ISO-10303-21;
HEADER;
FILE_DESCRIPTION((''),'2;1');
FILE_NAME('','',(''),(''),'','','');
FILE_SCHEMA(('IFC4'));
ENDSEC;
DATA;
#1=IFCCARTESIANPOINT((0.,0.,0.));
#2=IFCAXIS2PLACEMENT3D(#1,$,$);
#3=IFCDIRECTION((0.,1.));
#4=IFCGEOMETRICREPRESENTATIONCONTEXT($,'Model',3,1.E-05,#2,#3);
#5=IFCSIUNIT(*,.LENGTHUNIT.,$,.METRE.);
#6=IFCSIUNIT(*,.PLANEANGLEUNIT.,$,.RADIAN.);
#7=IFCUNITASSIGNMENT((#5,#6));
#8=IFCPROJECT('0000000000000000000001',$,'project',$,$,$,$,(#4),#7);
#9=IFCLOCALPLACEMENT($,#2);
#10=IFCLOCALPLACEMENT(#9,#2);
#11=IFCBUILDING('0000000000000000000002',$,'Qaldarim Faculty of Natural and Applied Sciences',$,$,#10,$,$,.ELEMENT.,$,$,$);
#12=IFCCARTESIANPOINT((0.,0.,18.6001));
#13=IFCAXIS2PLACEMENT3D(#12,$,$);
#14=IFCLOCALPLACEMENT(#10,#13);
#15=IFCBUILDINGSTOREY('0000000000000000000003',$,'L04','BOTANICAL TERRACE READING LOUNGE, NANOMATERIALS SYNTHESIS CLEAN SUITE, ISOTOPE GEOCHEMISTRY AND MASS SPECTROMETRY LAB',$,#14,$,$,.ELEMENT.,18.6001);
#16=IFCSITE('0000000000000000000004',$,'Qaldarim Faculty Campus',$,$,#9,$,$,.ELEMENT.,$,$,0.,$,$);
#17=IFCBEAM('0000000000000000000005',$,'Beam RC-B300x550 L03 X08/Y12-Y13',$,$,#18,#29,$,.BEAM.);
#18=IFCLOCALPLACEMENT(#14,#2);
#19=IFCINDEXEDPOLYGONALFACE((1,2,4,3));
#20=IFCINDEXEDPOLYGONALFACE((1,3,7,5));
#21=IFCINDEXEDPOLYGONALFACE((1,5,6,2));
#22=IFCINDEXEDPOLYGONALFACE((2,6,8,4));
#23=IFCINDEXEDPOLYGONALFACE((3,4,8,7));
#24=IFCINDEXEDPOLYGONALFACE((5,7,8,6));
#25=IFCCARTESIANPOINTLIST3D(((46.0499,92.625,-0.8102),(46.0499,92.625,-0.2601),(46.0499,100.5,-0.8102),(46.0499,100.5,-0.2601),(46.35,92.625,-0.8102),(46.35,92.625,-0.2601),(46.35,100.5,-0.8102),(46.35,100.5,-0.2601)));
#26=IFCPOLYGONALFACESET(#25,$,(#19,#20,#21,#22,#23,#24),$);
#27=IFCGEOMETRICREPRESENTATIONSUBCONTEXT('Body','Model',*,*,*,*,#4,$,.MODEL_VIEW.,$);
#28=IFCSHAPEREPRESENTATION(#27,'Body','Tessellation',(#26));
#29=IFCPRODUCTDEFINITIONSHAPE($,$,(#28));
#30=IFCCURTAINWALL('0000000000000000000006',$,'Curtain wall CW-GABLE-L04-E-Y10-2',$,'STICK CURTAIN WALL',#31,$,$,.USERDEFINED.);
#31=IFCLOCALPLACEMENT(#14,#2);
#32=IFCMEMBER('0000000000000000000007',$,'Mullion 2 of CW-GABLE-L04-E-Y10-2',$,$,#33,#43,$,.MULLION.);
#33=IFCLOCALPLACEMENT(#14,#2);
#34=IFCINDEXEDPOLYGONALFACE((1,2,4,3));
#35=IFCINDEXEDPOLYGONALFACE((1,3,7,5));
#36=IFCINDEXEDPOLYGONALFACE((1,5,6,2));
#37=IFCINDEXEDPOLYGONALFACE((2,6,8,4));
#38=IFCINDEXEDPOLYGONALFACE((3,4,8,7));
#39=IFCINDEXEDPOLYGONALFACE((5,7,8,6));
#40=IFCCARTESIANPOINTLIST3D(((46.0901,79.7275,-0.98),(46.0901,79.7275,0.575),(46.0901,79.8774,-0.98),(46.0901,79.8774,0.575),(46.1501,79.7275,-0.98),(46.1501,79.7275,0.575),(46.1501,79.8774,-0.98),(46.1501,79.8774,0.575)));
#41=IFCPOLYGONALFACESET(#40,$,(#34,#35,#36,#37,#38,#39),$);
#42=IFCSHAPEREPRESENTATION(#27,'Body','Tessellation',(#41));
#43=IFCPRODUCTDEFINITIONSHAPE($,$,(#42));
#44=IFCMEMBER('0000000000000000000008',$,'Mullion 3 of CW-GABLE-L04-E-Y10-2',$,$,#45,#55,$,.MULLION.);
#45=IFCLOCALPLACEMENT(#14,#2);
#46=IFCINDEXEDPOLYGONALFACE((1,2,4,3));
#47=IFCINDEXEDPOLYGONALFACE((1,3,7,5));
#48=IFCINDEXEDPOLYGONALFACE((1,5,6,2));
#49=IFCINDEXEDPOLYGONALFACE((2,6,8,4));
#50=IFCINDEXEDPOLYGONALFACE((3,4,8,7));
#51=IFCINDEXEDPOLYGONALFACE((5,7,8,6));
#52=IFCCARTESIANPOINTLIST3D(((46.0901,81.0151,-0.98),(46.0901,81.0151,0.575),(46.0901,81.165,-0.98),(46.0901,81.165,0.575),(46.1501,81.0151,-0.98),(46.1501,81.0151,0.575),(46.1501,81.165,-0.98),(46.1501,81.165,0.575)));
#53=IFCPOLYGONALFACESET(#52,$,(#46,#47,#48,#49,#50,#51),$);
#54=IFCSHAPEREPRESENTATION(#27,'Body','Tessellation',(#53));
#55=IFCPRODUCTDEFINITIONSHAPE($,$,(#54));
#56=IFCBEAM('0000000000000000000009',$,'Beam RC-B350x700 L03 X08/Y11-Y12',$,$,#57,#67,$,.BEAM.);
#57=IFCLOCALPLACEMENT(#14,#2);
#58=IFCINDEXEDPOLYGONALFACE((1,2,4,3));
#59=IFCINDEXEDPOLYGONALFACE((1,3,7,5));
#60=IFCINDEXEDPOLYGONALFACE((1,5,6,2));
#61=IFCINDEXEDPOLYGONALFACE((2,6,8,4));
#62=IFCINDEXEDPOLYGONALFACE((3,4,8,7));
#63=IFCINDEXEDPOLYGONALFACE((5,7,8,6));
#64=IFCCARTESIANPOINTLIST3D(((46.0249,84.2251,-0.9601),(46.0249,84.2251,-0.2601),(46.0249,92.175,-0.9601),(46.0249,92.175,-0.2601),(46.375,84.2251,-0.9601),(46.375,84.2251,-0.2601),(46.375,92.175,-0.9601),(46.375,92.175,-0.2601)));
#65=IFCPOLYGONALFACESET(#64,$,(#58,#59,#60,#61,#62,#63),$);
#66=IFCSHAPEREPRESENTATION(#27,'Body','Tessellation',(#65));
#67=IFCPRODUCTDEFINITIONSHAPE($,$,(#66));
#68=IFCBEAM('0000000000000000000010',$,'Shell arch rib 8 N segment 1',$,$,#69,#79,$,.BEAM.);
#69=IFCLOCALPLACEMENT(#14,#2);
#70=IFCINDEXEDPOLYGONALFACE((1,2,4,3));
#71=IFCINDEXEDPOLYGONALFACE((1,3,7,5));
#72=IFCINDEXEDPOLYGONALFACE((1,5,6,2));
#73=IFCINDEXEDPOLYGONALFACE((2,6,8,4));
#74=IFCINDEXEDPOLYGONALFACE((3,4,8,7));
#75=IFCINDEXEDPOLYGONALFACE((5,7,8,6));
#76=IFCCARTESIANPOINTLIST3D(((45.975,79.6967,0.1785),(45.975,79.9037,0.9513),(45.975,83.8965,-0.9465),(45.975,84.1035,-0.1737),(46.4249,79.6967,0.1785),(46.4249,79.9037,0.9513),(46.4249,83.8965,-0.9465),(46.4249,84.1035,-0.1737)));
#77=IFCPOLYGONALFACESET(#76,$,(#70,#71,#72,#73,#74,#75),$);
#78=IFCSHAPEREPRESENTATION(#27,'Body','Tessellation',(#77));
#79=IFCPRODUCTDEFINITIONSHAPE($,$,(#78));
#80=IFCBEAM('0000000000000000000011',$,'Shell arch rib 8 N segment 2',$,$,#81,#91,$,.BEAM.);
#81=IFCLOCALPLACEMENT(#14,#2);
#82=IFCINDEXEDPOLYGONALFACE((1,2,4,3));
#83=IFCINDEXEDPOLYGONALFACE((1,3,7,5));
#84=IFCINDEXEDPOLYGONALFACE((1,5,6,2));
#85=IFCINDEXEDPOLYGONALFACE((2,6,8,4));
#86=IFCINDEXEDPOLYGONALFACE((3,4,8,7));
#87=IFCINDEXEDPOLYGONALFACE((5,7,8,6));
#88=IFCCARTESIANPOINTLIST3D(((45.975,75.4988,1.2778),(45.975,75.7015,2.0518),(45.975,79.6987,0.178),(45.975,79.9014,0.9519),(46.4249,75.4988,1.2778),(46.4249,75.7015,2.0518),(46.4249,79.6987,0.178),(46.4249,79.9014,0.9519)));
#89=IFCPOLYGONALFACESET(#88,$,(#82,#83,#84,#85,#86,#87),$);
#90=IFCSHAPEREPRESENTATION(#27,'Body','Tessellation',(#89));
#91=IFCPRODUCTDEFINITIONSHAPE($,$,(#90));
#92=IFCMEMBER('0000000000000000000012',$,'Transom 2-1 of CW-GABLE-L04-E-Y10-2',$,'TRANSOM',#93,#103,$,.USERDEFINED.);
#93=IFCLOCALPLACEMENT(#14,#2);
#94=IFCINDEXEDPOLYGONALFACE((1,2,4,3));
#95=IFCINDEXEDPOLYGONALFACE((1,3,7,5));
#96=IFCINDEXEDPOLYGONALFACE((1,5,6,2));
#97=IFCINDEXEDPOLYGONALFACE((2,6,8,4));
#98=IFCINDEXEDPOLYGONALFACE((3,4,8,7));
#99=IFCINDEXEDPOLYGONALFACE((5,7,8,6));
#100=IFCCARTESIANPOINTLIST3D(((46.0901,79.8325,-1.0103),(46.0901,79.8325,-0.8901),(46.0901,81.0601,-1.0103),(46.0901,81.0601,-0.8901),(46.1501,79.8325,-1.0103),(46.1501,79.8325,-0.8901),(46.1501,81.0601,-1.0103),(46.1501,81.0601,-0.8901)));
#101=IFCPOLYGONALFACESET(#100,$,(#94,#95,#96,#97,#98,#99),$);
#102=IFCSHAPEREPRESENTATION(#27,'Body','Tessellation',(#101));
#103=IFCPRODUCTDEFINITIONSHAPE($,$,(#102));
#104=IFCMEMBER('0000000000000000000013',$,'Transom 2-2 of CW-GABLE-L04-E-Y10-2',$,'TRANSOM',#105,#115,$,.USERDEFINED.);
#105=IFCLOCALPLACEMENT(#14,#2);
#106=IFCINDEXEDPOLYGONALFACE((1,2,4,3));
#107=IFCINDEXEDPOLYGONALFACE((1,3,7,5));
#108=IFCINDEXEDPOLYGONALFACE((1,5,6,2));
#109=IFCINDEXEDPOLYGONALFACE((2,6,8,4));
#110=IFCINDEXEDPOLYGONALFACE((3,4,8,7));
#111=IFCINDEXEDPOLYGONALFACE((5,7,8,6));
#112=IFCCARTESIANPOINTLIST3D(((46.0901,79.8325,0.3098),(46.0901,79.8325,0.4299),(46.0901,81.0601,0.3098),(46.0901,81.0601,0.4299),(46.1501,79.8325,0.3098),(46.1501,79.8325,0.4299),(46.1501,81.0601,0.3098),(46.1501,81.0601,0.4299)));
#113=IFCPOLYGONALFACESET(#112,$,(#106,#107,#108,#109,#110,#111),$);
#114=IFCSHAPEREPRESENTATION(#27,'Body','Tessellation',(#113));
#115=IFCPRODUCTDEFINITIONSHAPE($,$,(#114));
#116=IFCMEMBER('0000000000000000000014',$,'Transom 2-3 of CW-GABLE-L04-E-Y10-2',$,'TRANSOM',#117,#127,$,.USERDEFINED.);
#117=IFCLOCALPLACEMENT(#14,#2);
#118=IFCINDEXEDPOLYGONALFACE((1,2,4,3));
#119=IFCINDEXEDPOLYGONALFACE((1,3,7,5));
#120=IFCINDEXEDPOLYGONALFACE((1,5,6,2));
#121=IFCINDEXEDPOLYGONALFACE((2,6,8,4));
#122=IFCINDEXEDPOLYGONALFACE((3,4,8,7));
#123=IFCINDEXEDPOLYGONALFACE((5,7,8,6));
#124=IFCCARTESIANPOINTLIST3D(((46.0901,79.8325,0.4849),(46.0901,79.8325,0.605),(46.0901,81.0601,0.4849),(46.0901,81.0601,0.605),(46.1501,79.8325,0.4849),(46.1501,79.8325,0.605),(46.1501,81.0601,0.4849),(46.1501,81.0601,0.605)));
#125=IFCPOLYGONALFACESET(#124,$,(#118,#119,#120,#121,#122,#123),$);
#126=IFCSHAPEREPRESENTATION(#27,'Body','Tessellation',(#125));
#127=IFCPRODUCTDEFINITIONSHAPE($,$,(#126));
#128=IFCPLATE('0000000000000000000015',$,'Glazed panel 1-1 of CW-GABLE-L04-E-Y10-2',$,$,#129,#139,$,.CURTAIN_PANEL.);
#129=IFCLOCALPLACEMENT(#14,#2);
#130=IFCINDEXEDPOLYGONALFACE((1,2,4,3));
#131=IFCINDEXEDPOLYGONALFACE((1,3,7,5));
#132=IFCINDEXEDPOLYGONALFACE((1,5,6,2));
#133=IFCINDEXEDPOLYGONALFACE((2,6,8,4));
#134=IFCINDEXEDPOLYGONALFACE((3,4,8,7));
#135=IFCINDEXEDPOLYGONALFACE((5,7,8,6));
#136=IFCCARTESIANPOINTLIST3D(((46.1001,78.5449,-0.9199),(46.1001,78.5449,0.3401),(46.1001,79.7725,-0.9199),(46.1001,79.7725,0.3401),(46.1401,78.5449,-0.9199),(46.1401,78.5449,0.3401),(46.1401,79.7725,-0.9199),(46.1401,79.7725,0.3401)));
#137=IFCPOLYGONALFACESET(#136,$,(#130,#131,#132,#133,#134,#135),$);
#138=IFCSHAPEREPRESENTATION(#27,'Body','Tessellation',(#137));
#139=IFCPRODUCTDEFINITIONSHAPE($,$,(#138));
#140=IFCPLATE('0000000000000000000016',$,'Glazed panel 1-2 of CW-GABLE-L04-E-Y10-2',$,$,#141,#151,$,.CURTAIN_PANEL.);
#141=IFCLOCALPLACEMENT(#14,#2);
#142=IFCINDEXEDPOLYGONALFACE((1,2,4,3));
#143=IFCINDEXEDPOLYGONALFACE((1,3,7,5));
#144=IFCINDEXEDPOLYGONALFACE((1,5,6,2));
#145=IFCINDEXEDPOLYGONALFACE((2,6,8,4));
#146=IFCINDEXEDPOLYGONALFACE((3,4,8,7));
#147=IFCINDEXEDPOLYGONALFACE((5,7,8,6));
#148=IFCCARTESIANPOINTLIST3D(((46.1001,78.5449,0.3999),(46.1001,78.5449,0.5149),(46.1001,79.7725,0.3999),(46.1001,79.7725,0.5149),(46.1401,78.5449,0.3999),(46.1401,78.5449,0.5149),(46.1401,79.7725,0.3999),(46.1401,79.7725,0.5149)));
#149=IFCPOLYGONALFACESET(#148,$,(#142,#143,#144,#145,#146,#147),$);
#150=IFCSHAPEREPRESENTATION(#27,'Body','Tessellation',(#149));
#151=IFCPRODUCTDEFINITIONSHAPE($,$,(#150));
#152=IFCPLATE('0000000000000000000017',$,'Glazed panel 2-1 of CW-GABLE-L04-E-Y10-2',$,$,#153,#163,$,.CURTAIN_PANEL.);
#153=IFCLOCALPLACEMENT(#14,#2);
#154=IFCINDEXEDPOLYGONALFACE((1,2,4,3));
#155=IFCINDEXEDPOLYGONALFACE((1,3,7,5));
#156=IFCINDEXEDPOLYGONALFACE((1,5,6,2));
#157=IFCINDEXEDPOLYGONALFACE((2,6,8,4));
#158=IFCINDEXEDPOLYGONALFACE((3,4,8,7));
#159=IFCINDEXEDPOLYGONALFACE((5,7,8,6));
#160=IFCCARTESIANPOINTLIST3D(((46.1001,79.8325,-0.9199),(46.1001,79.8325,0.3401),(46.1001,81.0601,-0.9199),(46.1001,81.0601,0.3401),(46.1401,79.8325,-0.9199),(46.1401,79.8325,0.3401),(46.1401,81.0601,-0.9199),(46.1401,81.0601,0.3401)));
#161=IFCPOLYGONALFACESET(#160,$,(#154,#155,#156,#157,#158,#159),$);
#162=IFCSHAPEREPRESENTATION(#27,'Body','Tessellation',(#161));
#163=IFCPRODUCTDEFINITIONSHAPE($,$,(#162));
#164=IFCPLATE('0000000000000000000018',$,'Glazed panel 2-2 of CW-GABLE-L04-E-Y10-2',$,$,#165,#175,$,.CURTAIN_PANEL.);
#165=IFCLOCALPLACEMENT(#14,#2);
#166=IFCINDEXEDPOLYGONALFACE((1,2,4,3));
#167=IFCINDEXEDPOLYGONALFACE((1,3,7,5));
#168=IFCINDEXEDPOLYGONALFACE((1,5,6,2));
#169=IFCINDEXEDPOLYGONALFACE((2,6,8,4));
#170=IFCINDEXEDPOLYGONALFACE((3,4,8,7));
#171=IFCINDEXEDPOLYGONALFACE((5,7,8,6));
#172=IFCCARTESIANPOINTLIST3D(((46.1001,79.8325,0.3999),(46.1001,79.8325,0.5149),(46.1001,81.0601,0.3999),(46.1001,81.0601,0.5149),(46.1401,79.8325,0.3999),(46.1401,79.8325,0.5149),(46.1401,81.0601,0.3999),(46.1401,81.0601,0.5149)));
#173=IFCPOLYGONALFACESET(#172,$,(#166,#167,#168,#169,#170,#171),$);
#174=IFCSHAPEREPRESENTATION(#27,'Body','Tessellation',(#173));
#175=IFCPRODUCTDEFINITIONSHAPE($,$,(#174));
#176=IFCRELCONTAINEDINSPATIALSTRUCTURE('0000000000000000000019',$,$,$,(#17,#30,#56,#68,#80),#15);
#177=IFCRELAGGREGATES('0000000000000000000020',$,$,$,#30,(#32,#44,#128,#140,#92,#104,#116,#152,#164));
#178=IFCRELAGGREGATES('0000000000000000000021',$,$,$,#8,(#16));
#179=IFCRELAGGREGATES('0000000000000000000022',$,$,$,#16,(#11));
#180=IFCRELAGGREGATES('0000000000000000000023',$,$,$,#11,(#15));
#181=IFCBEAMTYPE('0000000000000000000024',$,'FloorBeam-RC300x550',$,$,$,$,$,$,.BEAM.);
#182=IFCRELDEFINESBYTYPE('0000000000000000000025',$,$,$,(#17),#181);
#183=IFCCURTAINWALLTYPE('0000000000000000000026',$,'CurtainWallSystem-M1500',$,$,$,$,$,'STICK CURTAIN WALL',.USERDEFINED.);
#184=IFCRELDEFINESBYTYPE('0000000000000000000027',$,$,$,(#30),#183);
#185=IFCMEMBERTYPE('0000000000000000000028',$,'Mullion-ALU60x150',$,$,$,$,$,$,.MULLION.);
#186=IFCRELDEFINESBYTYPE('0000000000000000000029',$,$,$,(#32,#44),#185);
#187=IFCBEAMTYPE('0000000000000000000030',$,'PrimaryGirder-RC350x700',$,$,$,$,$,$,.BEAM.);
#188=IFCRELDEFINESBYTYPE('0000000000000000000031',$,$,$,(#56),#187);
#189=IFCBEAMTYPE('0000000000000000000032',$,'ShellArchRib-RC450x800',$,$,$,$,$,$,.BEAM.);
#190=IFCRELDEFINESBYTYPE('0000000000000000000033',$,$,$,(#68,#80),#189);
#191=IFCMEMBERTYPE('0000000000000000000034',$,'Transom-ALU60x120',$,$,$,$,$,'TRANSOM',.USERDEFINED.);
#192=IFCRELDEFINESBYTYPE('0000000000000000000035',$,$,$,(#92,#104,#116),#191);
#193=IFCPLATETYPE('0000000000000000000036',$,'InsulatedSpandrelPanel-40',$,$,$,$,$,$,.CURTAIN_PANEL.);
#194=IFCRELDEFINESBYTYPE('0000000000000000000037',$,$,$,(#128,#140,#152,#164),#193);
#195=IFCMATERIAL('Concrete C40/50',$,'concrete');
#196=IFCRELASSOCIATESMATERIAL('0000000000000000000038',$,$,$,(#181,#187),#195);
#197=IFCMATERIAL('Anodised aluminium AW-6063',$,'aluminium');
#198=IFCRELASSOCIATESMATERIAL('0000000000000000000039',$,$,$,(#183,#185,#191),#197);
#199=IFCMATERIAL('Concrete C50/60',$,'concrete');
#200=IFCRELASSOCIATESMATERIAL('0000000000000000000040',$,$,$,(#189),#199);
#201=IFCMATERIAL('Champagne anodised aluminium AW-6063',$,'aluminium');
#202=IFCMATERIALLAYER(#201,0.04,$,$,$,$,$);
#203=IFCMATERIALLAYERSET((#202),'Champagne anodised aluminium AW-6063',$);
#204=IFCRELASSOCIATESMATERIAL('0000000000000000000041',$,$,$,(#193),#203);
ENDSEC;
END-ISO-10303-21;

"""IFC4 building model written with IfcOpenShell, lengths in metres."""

from ifc_helpers import new_model, si_unit, direction, frame, origin, origin_2d, place, context, subcontext, project, spatial, rectangle, extrude, material, layer, layer_set, material_profile, profile_set, type_object, element, aggregate, save


model = new_model("IFC4")

# Units and contexts
model_context = context("Model", 3, precision=1e-05, world=origin(), true_north=direction((0.0, 1.0)))
body_context = subcontext(model_context, "Body", "Model", "MODEL_VIEW")
ifc_project = project(units=[si_unit("LENGTHUNIT", "METRE"), si_unit("PLANEANGLEUNIT", "RADIAN")], contexts=[model_context])

# Site, building, storey
site_placement = place(None, origin())
site = spatial("IfcSite", under=ifc_project, at=site_placement, Name="Qaldarim Faculty Campus", CompositionType="ELEMENT", RefElevation=0.0)
building_placement = place(site_placement, origin())
building = spatial("IfcBuilding", under=site, at=building_placement, Name="Qaldarim Faculty of Natural and Applied Sciences", CompositionType="ELEMENT")
storey_placement = place(building_placement, frame((0.0, 0.0, 18.6001)))
storey = spatial("IfcBuildingStorey", under=building, at=storey_placement, Name="L04", Description="BOTANICAL TERRACE READING LOUNGE, NANOMATERIALS SYNTHESIS CLEAN SUITE, ISOTOPE GEOCHEMISTRY AND MASS SPECTROMETRY LAB", CompositionType="ELEMENT", Elevation=18.6001)

# Beam
ifc_material_1 = material(Name="Concrete C40/50", Category="concrete")
ifc_material_profile_1 = material_profile(ifc_material_1, rectangle(XDim=0.3, YDim=0.55, at=origin_2d()), Name="RC-B300x550")
ifc_profile_set_1 = profile_set([ifc_material_profile_1], Name="Concrete C40/50")
beam_type_1 = type_object("IfcBeamType", Name="FloorBeam-RC300x550", PredefinedType="BEAM", material=ifc_profile_set_1)
beam_1_placement = place(storey_placement, frame((46.2, 92.625, -0.5352), z_axis=(0.0, 1.0, 0.0), x_axis=(-1.0, 0.0, 0.0)))
element("IfcBeam", 1, at=beam_1_placement, inside=storey, type_object=beam_type_1, Name="Beam RC-B300x550 L03 X08/Y12-Y13", PredefinedType="BEAM", context=body_context, shape_type="SweptSolid", body=[
    extrude(rectangle(XDim=0.3, YDim=0.55, at=origin_2d()), origin(), (0.0, 0.0, 1.0), 7.875),
])

# Curtain wall, members
ifc_material_2 = material(Name="Anodised aluminium AW-6063", Category="aluminium")
curtain_wall_type = type_object("IfcCurtainWallType", Name="CurtainWallSystem-M1500", ElementType="STICK CURTAIN WALL", PredefinedType="USERDEFINED", material=ifc_material_2)
curtain_wall_placement = place(storey_placement, origin())
curtain_wall = element("IfcCurtainWall", 2, at=curtain_wall_placement, inside=storey, type_object=curtain_wall_type, Name="Curtain wall CW-GABLE-L04-E-Y10-2", ObjectType="STICK CURTAIN WALL", PredefinedType="USERDEFINED")
ifc_material_profile_2 = material_profile(ifc_material_2, rectangle(XDim=0.0601, YDim=0.1499, at=origin_2d()), Name="ALU-M60x150")
ifc_profile_set_2 = profile_set([ifc_material_profile_2], Name="Anodised aluminium AW-6063")
member_type_1 = type_object("IfcMemberType", Name="Mullion-ALU60x150", PredefinedType="MULLION", material=ifc_profile_set_2)
member_1_placement = place(storey_placement, frame((46.1201, 79.8025, -0.98), z_axis=(0.0, 0.0, 1.0), x_axis=(-1.0, 0.0, 0.0)))
member_1 = element("IfcMember", 3, at=member_1_placement, type_object=member_type_1, Name="Mullion 2 of CW-GABLE-L04-E-Y10-2", PredefinedType="MULLION", context=body_context, shape_type="SweptSolid", body=[
    extrude(rectangle(XDim=0.0601, YDim=0.1499, at=origin_2d()), origin(), (0.0, 0.0, 1.0), 1.5549),
])
member_2_placement = place(storey_placement, frame((46.1201, 81.0901, -0.98), z_axis=(0.0, 0.0, 1.0), x_axis=(-1.0, 0.0, 0.0)))
member_2 = element("IfcMember", 4, at=member_2_placement, type_object=member_type_1, Name="Mullion 3 of CW-GABLE-L04-E-Y10-2", PredefinedType="MULLION", context=body_context, shape_type="SweptSolid", body=[
    extrude(rectangle(XDim=0.0601, YDim=0.1499, at=origin_2d()), origin(), (0.0, 0.0, 1.0), 1.5549),
])

# Beams
ifc_material_profile_3 = material_profile(ifc_material_1, rectangle(XDim=0.3501, YDim=0.7, at=origin_2d()), Name="RC-B350x700")
ifc_profile_set_3 = profile_set([ifc_material_profile_3], Name="Concrete C40/50")
beam_type_2 = type_object("IfcBeamType", Name="PrimaryGirder-RC350x700", PredefinedType="BEAM", material=ifc_profile_set_3)
beam_2_placement = place(storey_placement, frame((46.2, 84.2251, -0.6101), z_axis=(0.0, 1.0, 0.0), x_axis=(-1.0, 0.0, 0.0)))
element("IfcBeam", 5, at=beam_2_placement, inside=storey, type_object=beam_type_2, Name="Beam RC-B350x700 L03 X08/Y11-Y12", PredefinedType="BEAM", context=body_context, shape_type="SweptSolid", body=[
    extrude(rectangle(XDim=0.3501, YDim=0.7, at=origin_2d()), origin(), (0.0, 0.0, 1.0), 7.95),
])
ifc_material_3 = material(Name="Concrete C50/60", Category="concrete")
ifc_material_profile_4 = material_profile(ifc_material_3, rectangle(XDim=0.45, YDim=0.8, at=origin_2d()), Name="RC-RIB450x800")
ifc_profile_set_4 = profile_set([ifc_material_profile_4], Name="Concrete C50/60")
beam_type_3 = type_object("IfcBeamType", Name="ShellArchRib-RC450x800", PredefinedType="BEAM", material=ifc_profile_set_4)
beam_3_placement = place(storey_placement, frame((46.2, 84.0, -0.5601), z_axis=(0.0, -0.965947, 0.258739), x_axis=(1.0, 0.0, 0.0)))
element("IfcBeam", 6, at=beam_3_placement, inside=storey, type_object=beam_type_3, Name="Shell arch rib 8 N segment 1", PredefinedType="BEAM", context=body_context, shape_type="SweptSolid", body=[
    extrude(rectangle(XDim=0.45, YDim=0.8, at=origin_2d()), origin(), (0.0, 0.0, 1.0), 4.3479),
])
beam_4_placement = place(storey_placement, frame((46.2, 79.8, 0.5649), z_axis=(0.0, -0.96738, 0.253331), x_axis=(1.0, 0.0, 0.0)))
element("IfcBeam", 7, at=beam_4_placement, inside=storey, type_object=beam_type_3, Name="Shell arch rib 8 N segment 2", PredefinedType="BEAM", context=body_context, shape_type="SweptSolid", body=[
    extrude(rectangle(XDim=0.45, YDim=0.8, at=origin_2d()), origin(), (0.0, 0.0, 1.0), 4.3416),
])

# Members
ifc_material_profile_5 = material_profile(ifc_material_2, rectangle(XDim=0.0601, YDim=0.1201, at=origin_2d()), Name="ALU-T60x120")
ifc_profile_set_5 = profile_set([ifc_material_profile_5], Name="Anodised aluminium AW-6063")
member_type_2 = type_object("IfcMemberType", Name="Transom-ALU60x120", ElementType="TRANSOM", PredefinedType="USERDEFINED", material=ifc_profile_set_5)
member_3_placement = place(storey_placement, frame((46.1201, 79.8325, -0.9502), z_axis=(0.0, 1.0, 0.0), x_axis=(-1.0, 0.0, 0.0)))
member_3 = element("IfcMember", 8, at=member_3_placement, type_object=member_type_2, Name="Transom 2-1 of CW-GABLE-L04-E-Y10-2", ObjectType="TRANSOM", PredefinedType="USERDEFINED", context=body_context, shape_type="SweptSolid", body=[
    extrude(rectangle(XDim=0.0601, YDim=0.1201, at=origin_2d()), origin(), (0.0, 0.0, 1.0), 1.2275),
])
member_4_placement = place(storey_placement, frame((46.1201, 79.8325, 0.3699), z_axis=(0.0, 1.0, 0.0), x_axis=(-1.0, 0.0, 0.0)))
member_4 = element("IfcMember", 9, at=member_4_placement, type_object=member_type_2, Name="Transom 2-2 of CW-GABLE-L04-E-Y10-2", ObjectType="TRANSOM", PredefinedType="USERDEFINED", context=body_context, shape_type="SweptSolid", body=[
    extrude(rectangle(XDim=0.0601, YDim=0.1201, at=origin_2d()), origin(), (0.0, 0.0, 1.0), 1.2275),
])
member_5_placement = place(storey_placement, frame((46.1201, 79.8325, 0.5449), z_axis=(0.0, 1.0, 0.0), x_axis=(-1.0, 0.0, 0.0)))
member_5 = element("IfcMember", 10, at=member_5_placement, type_object=member_type_2, Name="Transom 2-3 of CW-GABLE-L04-E-Y10-2", ObjectType="TRANSOM", PredefinedType="USERDEFINED", context=body_context, shape_type="SweptSolid", body=[
    extrude(rectangle(XDim=0.0601, YDim=0.1201, at=origin_2d()), origin(), (0.0, 0.0, 1.0), 1.2275),
])

# Plates
ifc_material_4 = material(Name="Champagne anodised aluminium AW-6063", Category="aluminium")
ifc_layer_1 = layer(ifc_material_4, 0.04)
ifc_layer_set_1 = layer_set([ifc_layer_1], Name="Champagne anodised aluminium AW-6063")
plate_type = type_object("IfcPlateType", Name="InsulatedSpandrelPanel-40", PredefinedType="CURTAIN_PANEL", material=ifc_layer_set_1)
plate_1_placement = place(storey_placement, frame((46.1201, 79.1587, -0.9199), z_axis=(0.0, 0.0, 1.0), x_axis=(0.0, 1.0, 0.0)))
plate_1 = element("IfcPlate", 11, at=plate_1_placement, type_object=plate_type, Name="Glazed panel 1-1 of CW-GABLE-L04-E-Y10-2", PredefinedType="CURTAIN_PANEL", context=body_context, shape_type="SweptSolid", body=[
    extrude(rectangle(XDim=1.2275, YDim=0.04, at=origin_2d()), origin(), (0.0, 0.0, 1.0), 1.26),
])
plate_2_placement = place(storey_placement, frame((46.1201, 79.1587, 0.3999), z_axis=(0.0, 0.0, 1.0), x_axis=(0.0, 1.0, 0.0)))
plate_2 = element("IfcPlate", 12, at=plate_2_placement, type_object=plate_type, Name="Glazed panel 1-2 of CW-GABLE-L04-E-Y10-2", PredefinedType="CURTAIN_PANEL", context=body_context, shape_type="SweptSolid", body=[
    extrude(rectangle(XDim=1.2275, YDim=0.04, at=origin_2d()), origin(), (0.0, 0.0, 1.0), 0.115),
])
plate_3_placement = place(storey_placement, frame((46.1201, 80.4463, -0.9199), z_axis=(0.0, 0.0, 1.0), x_axis=(0.0, 1.0, 0.0)))
plate_3 = element("IfcPlate", 13, at=plate_3_placement, type_object=plate_type, Name="Glazed panel 2-1 of CW-GABLE-L04-E-Y10-2", PredefinedType="CURTAIN_PANEL", context=body_context, shape_type="SweptSolid", body=[
    extrude(rectangle(XDim=1.2275, YDim=0.04, at=origin_2d()), origin(), (0.0, 0.0, 1.0), 1.26),
])
plate_4_placement = place(storey_placement, frame((46.1201, 80.4463, 0.3999), z_axis=(0.0, 0.0, 1.0), x_axis=(0.0, 1.0, 0.0)))
plate_4 = element("IfcPlate", 14, at=plate_4_placement, type_object=plate_type, Name="Glazed panel 2-2 of CW-GABLE-L04-E-Y10-2", PredefinedType="CURTAIN_PANEL", context=body_context, shape_type="SweptSolid", body=[
    extrude(rectangle(XDim=1.2275, YDim=0.04, at=origin_2d()), origin(), (0.0, 0.0, 1.0), 0.115),
])
aggregate(curtain_wall, [member_1, member_2, plate_1, plate_2, member_3, member_4, member_5, plate_3, plate_4])

save(model, "model.ifc")
